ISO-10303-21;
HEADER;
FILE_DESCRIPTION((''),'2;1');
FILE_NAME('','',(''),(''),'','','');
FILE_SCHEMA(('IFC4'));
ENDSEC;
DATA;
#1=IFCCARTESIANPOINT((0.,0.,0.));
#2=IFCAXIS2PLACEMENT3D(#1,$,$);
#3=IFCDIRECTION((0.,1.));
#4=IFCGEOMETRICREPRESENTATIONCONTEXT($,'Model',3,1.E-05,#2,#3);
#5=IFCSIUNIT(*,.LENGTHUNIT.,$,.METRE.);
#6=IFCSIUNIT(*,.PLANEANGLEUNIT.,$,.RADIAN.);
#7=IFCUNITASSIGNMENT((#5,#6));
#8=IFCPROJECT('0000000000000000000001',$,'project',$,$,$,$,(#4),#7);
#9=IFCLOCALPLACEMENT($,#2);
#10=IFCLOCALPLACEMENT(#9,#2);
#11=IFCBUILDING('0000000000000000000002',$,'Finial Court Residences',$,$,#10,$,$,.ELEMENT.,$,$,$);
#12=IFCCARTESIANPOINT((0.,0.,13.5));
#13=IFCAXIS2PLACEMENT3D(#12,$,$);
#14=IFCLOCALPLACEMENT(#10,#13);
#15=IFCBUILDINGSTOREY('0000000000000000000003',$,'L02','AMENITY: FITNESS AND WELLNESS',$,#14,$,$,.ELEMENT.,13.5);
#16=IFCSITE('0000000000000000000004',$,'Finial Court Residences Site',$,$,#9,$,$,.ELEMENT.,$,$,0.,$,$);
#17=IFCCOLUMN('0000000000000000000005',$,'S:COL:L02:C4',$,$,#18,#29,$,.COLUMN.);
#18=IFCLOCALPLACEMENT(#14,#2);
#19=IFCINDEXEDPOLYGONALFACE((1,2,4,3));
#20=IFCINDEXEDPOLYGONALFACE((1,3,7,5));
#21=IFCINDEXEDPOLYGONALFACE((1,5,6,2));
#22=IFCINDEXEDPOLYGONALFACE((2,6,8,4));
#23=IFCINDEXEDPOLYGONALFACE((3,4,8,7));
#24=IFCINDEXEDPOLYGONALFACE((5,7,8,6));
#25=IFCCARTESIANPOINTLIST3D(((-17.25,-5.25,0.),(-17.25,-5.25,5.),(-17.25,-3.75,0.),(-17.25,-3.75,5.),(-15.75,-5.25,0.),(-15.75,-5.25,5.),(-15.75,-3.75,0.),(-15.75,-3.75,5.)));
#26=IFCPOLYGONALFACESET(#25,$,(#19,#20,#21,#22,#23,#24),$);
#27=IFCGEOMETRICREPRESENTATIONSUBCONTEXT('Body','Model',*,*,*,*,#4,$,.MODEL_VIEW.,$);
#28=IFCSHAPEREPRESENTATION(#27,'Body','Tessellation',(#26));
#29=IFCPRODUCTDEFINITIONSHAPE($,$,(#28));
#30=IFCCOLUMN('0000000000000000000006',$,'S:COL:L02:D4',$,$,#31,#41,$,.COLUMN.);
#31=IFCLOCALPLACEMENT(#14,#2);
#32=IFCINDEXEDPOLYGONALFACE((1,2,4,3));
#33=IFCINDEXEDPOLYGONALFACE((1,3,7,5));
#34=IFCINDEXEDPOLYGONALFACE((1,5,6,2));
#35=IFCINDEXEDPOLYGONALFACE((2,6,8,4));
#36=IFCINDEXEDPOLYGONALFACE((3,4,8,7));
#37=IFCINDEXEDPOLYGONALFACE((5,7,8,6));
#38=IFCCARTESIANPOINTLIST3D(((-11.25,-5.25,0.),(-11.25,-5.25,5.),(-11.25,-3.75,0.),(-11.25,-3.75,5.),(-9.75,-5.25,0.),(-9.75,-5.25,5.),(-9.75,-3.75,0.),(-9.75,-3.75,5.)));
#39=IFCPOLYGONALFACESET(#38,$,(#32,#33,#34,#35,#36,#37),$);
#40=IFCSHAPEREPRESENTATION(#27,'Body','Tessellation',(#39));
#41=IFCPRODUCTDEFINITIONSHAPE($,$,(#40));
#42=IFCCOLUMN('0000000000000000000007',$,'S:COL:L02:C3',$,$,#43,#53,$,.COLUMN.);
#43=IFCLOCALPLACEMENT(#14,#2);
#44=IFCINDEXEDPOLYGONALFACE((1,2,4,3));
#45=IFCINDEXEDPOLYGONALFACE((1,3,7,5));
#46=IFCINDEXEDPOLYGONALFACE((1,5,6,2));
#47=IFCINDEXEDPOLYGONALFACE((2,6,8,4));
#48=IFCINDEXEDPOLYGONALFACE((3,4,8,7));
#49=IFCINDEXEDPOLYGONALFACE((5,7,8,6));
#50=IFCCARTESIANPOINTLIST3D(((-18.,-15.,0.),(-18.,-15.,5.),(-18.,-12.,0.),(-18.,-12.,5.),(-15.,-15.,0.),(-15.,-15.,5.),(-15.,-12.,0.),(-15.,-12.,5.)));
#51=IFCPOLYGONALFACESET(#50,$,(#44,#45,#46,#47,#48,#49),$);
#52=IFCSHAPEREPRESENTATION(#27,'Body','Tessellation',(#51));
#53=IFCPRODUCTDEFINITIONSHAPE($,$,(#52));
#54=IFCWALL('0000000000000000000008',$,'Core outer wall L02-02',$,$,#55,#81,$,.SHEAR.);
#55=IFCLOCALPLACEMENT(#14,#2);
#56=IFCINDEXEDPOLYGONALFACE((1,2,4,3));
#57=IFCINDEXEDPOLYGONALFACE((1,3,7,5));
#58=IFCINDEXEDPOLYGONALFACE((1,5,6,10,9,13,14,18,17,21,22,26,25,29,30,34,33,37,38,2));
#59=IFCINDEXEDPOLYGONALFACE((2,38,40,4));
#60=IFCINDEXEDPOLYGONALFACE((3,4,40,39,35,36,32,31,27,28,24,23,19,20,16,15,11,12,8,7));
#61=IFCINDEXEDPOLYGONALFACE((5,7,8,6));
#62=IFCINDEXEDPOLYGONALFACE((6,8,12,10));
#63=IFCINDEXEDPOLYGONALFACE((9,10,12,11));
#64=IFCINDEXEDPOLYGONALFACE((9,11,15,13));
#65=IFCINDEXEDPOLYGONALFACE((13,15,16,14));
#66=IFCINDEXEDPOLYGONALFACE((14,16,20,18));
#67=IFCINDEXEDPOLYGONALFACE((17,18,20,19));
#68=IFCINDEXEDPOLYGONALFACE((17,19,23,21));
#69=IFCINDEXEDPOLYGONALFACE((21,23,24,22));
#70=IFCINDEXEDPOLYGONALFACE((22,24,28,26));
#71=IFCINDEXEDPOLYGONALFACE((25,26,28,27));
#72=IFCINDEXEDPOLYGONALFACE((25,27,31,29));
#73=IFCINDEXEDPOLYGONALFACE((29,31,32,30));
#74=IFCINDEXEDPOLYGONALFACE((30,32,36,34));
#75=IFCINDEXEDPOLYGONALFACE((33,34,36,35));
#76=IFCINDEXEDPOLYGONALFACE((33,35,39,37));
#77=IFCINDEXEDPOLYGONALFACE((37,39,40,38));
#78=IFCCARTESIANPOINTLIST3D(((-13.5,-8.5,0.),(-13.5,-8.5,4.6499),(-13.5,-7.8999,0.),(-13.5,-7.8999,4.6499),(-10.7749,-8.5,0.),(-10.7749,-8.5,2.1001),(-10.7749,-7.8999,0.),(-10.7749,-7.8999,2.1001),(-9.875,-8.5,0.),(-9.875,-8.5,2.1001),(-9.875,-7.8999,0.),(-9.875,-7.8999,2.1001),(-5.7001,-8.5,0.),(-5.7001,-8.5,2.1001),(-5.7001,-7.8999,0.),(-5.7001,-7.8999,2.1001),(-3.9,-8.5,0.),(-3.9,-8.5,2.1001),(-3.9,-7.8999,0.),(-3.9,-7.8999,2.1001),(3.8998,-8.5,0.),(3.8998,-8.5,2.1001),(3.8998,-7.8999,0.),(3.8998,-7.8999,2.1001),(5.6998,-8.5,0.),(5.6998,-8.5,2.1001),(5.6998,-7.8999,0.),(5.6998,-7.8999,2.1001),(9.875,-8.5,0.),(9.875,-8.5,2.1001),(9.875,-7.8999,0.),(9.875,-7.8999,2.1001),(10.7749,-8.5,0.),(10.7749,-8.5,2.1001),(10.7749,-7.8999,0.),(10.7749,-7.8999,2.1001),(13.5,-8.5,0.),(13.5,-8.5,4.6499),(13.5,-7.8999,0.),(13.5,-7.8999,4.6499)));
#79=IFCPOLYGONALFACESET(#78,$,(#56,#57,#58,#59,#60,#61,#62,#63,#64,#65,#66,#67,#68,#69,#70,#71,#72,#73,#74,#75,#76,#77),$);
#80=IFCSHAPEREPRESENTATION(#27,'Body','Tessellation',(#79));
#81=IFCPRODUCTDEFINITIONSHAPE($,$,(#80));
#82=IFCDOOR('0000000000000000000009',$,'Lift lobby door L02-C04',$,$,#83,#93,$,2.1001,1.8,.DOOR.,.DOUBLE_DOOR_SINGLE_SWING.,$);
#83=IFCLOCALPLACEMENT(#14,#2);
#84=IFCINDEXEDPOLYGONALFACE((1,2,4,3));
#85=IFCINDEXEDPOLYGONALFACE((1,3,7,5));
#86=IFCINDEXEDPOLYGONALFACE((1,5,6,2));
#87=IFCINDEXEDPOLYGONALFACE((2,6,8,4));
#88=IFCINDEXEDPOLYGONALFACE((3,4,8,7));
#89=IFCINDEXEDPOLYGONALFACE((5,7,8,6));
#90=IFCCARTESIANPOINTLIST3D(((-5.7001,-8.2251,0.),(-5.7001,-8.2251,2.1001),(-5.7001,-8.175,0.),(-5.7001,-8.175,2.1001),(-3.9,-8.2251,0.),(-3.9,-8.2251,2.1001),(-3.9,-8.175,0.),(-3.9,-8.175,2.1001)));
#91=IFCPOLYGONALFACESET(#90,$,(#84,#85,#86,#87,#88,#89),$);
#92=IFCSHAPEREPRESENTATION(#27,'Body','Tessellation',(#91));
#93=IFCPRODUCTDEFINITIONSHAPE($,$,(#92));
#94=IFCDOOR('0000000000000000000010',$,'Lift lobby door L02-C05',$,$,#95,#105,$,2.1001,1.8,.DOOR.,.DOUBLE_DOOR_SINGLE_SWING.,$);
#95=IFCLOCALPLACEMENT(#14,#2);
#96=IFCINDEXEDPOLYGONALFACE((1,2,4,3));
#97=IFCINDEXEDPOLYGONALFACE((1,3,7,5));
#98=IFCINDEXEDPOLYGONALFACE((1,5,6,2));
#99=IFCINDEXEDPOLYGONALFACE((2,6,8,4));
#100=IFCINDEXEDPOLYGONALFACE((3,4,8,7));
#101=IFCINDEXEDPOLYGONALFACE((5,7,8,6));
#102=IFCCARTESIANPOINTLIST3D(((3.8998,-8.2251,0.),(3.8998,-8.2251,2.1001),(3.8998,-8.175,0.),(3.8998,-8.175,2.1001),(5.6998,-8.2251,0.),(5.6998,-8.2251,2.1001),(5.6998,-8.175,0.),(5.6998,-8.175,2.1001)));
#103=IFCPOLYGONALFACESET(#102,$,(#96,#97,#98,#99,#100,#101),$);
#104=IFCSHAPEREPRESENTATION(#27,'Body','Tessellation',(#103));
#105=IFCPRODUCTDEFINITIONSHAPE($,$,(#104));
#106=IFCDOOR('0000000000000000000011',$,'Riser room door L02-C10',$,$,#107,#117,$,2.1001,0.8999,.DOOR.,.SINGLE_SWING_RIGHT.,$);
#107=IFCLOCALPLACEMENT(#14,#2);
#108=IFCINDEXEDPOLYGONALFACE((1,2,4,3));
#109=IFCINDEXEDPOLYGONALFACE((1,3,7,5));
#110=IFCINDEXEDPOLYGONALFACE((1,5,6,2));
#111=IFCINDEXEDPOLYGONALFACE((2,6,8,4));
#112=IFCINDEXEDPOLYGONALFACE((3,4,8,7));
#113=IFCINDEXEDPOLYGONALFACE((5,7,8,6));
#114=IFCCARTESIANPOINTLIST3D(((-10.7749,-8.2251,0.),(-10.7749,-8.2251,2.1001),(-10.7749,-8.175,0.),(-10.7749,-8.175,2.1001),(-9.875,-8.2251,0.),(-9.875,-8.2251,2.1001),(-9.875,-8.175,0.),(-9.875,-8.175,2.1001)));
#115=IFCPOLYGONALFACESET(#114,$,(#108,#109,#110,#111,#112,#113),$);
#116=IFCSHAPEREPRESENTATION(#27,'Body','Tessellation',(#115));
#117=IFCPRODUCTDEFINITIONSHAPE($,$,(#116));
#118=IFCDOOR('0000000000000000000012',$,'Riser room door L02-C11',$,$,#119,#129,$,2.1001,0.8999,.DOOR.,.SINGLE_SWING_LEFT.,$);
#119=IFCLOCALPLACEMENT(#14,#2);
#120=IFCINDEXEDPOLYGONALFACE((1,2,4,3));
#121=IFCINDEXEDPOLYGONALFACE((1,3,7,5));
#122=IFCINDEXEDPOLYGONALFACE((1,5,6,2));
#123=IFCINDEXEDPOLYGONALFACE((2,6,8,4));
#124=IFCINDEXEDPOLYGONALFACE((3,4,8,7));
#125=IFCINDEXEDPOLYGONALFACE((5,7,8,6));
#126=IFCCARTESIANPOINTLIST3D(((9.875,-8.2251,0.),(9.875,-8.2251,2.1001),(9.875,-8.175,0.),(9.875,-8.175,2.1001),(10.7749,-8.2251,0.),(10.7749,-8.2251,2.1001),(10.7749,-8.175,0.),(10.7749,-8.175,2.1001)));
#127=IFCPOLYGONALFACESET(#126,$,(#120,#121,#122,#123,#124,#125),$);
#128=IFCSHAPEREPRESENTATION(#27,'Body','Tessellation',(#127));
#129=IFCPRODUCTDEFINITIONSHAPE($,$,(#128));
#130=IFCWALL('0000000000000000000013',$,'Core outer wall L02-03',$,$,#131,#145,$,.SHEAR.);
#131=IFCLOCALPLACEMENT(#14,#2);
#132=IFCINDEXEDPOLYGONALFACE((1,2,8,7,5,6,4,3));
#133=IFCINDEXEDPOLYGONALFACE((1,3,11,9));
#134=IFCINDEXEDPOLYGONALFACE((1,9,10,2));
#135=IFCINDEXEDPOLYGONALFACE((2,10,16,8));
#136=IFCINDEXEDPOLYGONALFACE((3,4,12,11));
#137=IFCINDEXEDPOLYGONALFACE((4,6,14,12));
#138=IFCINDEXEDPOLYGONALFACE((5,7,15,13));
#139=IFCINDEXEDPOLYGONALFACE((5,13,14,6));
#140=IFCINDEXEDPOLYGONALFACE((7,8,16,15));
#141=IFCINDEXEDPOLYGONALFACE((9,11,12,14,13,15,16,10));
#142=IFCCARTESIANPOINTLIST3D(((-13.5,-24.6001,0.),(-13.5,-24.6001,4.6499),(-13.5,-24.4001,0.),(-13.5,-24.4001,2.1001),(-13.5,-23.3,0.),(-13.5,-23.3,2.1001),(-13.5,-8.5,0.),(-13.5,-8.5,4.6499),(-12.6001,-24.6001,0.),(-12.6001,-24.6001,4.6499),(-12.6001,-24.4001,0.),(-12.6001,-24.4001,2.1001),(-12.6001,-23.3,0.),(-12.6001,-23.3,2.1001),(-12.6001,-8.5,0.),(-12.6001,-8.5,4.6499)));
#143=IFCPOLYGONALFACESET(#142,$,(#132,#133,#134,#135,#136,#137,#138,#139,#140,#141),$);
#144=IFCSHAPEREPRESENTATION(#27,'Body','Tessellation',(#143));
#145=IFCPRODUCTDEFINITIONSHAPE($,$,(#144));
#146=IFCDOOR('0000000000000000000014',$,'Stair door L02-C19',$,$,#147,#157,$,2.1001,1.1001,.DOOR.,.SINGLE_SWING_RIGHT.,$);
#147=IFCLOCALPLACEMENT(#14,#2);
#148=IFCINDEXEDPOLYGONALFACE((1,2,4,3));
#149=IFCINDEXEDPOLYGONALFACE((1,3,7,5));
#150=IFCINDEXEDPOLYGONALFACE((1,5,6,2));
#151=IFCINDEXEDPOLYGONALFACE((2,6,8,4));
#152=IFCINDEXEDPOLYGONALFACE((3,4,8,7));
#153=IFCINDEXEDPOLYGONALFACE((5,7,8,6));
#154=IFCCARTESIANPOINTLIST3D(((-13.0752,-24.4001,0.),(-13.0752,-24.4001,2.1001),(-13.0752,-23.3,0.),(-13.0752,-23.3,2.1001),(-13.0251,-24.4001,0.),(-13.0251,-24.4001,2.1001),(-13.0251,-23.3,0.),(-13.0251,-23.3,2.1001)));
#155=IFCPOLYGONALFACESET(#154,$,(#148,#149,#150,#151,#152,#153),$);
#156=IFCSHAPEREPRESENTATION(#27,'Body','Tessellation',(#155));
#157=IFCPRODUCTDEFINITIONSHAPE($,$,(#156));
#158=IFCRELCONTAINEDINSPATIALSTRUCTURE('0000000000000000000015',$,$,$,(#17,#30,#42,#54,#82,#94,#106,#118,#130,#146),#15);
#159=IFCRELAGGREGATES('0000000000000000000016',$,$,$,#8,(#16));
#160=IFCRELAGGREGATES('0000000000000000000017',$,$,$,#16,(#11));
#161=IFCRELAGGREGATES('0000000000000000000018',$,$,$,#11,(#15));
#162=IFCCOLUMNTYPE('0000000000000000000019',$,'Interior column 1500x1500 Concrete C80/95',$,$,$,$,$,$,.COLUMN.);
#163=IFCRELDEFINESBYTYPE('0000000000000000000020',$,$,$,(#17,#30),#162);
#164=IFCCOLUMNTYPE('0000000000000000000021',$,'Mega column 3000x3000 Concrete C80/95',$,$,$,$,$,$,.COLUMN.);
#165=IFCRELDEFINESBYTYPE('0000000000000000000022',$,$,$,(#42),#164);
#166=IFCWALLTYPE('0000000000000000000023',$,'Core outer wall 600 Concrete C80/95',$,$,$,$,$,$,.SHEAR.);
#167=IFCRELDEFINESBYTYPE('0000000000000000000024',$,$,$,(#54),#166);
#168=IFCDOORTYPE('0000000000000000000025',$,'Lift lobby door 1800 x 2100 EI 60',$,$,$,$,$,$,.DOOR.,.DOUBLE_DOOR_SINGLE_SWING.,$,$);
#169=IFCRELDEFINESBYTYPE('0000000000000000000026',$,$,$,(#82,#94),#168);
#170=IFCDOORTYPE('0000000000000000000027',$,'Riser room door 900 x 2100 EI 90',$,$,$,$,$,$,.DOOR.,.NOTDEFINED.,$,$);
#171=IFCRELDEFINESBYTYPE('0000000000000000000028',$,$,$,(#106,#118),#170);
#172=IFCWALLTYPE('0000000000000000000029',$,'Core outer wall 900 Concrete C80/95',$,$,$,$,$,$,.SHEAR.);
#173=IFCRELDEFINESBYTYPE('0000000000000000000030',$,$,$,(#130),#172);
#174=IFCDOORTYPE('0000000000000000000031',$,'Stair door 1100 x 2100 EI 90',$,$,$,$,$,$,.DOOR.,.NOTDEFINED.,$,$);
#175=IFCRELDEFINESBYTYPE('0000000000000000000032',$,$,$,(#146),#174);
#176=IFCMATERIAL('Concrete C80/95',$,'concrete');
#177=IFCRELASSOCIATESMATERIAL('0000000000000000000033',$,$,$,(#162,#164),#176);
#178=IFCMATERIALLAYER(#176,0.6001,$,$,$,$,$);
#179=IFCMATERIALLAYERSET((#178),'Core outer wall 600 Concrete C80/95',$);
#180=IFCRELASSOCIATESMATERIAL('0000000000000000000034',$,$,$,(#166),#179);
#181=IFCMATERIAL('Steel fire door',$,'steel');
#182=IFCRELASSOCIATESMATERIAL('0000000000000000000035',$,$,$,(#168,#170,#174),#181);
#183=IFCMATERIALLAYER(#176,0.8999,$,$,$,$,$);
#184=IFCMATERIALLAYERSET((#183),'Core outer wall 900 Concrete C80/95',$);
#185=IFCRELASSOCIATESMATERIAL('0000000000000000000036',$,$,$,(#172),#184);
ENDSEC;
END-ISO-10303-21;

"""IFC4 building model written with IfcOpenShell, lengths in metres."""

from ifc_helpers import new_model, si_unit, direction, frame, frame_2d, origin, origin_2d, place, context, subcontext, project, spatial, rectangle, extrude, material, layer, layer_set, material_profile, profile_set, type_object, element, fill, save


model = new_model("IFC4")

# Units and contexts
model_context = context("Model", 3, precision=1e-05, world=origin(), true_north=direction((0.0, 1.0)))
body_context = subcontext(model_context, "Body", "Model", "MODEL_VIEW")
ifc_project = project(units=[si_unit("LENGTHUNIT", "METRE"), si_unit("PLANEANGLEUNIT", "RADIAN")], contexts=[model_context])

# Site, building, storey
site_placement = place(None, origin())
site = spatial("IfcSite", under=ifc_project, at=site_placement, Name="Finial Court Residences Site", CompositionType="ELEMENT", RefElevation=0.0)
building_placement = place(site_placement, origin())
building = spatial("IfcBuilding", under=site, at=building_placement, Name="Finial Court Residences", CompositionType="ELEMENT")
storey_placement = place(building_placement, frame((0.0, 0.0, 13.5)))
storey = spatial("IfcBuildingStorey", under=building, at=storey_placement, Name="L02", Description="AMENITY: FITNESS AND WELLNESS", CompositionType="ELEMENT", Elevation=13.5)

# Columns
ifc_material_1 = material(Name="Concrete C80/95", Category="concrete")
ifc_material_profile_1 = material_profile(ifc_material_1, rectangle(XDim=1.5, YDim=1.5, at=origin_2d()), Name="1500x1500")
ifc_profile_set_1 = profile_set([ifc_material_profile_1], Name="Concrete C80/95")
column_type_1 = type_object("IfcColumnType", Name="Interior column 1500x1500 Concrete C80/95", PredefinedType="COLUMN", material=ifc_profile_set_1)
for number, where, z_axis, x_axis, name in (
    (1, (-16.5, -4.5, 0.0), (0.0, 0.0, 1.0), (1.0, 0.0, 0.0), "S:COL:L02:C4"),
    (2, (-10.5, -4.5, 0.0), (0.0, 0.0, 1.0), (1.0, 0.0, 0.0), "S:COL:L02:D4"),
):
    element("IfcColumn", number, at=place(storey_placement, frame(where, z_axis=z_axis, x_axis=x_axis)), inside=storey, type_object=column_type_1, Name=name, PredefinedType="COLUMN", context=body_context, shape_type="SweptSolid", body=[
        extrude(rectangle(XDim=1.5, YDim=1.5, at=origin_2d()), origin(), (0.0, 0.0, 1.0), 5.0),
    ])
ifc_material_profile_2 = material_profile(ifc_material_1, rectangle(XDim=3.0, YDim=3.0, at=origin_2d()), Name="3000x3000")
ifc_profile_set_2 = profile_set([ifc_material_profile_2], Name="Concrete C80/95")
column_type_2 = type_object("IfcColumnType", Name="Mega column 3000x3000 Concrete C80/95", PredefinedType="COLUMN", material=ifc_profile_set_2)
column_placement = place(storey_placement, frame((-16.5, -13.5, 0.0), z_axis=(0.0, 0.0, 1.0), x_axis=(1.0, 0.0, 0.0)))
element("IfcColumn", 3, at=column_placement, inside=storey, type_object=column_type_2, Name="S:COL:L02:C3", PredefinedType="COLUMN", context=body_context, shape_type="SweptSolid", body=[
    extrude(rectangle(XDim=3.0, YDim=3.0, at=origin_2d()), origin(), (0.0, 0.0, 1.0), 5.0),
])

# Wall, openings, doors
ifc_layer_1 = layer(ifc_material_1, 0.6001)
ifc_layer_set_1 = layer_set([ifc_layer_1], Name="Core outer wall 600 Concrete C80/95")
wall_type_1 = type_object("IfcWallType", Name="Core outer wall 600 Concrete C80/95", PredefinedType="SHEAR", material=ifc_layer_set_1)
wall_1_placement = place(storey_placement, frame((-13.5, -8.2, 0.0), z_axis=(0.0, 0.0, 1.0), x_axis=(1.0, 0.0, 0.0)))
wall_1 = element("IfcWall", 4, at=wall_1_placement, inside=storey, type_object=wall_type_1, Name="Core outer wall L02-02", PredefinedType="SHEAR", context=body_context, shape_type="SweptSolid", body=[
    extrude(rectangle(XDim=27.0, YDim=0.6001, at=frame_2d((13.5, 0.0))), origin(), (0.0, 0.0, 1.0), 4.6499),
])
opening_1_placement = place(wall_1_placement, frame((7.8, 0.0, 0.0)))
opening_1 = element("IfcOpeningElement", 5, at=opening_1_placement, cuts=wall_1, PredefinedType="OPENING", context=body_context, shape_type="SweptSolid", body=[
    extrude(rectangle(XDim=1.8, YDim=2.1001, at=frame_2d((0.8999, 1.05))), frame((0.0, 0.3101, 0.0), z_axis=(0.0, -1.0, 0.0), x_axis=(1.0, 0.0, 0.0)), (0.0, 0.0, 1.0), 0.6201),
])
opening_2_placement = place(wall_1_placement, frame((17.3999, 0.0, 0.0)))
opening_2 = element("IfcOpeningElement", 6, at=opening_2_placement, cuts=wall_1, PredefinedType="OPENING", context=body_context, shape_type="SweptSolid", body=[
    extrude(rectangle(XDim=1.8, YDim=2.1001, at=frame_2d((0.8999, 1.05))), frame((0.0, 0.3101, 0.0), z_axis=(0.0, -1.0, 0.0), x_axis=(1.0, 0.0, 0.0)), (0.0, 0.0, 1.0), 0.6201),
])
opening_3_placement = place(wall_1_placement, frame((2.7251, 0.0, 0.0)))
opening_3 = element("IfcOpeningElement", 7, at=opening_3_placement, cuts=wall_1, PredefinedType="OPENING", context=body_context, shape_type="SweptSolid", body=[
    extrude(rectangle(XDim=0.8999, YDim=2.1001, at=frame_2d((0.45, 1.05))), frame((0.0, 0.3101, 0.0), z_axis=(0.0, -1.0, 0.0), x_axis=(1.0, 0.0, 0.0)), (0.0, 0.0, 1.0), 0.6201),
])
opening_4_placement = place(wall_1_placement, frame((23.375, 0.0, 0.0)))
opening_4 = element("IfcOpeningElement", 8, at=opening_4_placement, cuts=wall_1, PredefinedType="OPENING", context=body_context, shape_type="SweptSolid", body=[
    extrude(rectangle(XDim=0.8999, YDim=2.1001, at=frame_2d((0.45, 1.05))), frame((0.0, 0.3101, 0.0), z_axis=(0.0, -1.0, 0.0), x_axis=(1.0, 0.0, 0.0)), (0.0, 0.0, 1.0), 0.6201),
])
ifc_material_2 = material(Name="Steel fire door", Category="steel")
door_type_1 = type_object("IfcDoorType", Name="Lift lobby door 1800 x 2100 EI 60", OperationType="DOUBLE_DOOR_SINGLE_SWING", PredefinedType="DOOR", material=ifc_material_2)
door_1_placement = place(opening_1_placement, origin())
door_1 = element("IfcDoor", 9, at=door_1_placement, inside=storey, type_object=door_type_1, Name="Lift lobby door L02-C04", OperationType="DOUBLE_DOOR_SINGLE_SWING", OverallHeight=2.1001, OverallWidth=1.8, PredefinedType="DOOR", context=body_context, shape_type="SweptSolid", body=[
    extrude(rectangle(XDim=1.8, YDim=2.1001, at=frame_2d((0.8999, 1.05))), frame((0.0, 0.0249, 0.0), z_axis=(0.0, -1.0, 0.0), x_axis=(1.0, 0.0, 0.0)), (0.0, 0.0, 1.0), 0.05),
])
fill(opening_1, door_1)
door_2_placement = place(opening_2_placement, origin())
door_2 = element("IfcDoor", 10, at=door_2_placement, inside=storey, type_object=door_type_1, Name="Lift lobby door L02-C05", OperationType="DOUBLE_DOOR_SINGLE_SWING", OverallHeight=2.1001, OverallWidth=1.8, PredefinedType="DOOR", context=body_context, shape_type="SweptSolid", body=[
    extrude(rectangle(XDim=1.8, YDim=2.1001, at=frame_2d((0.8999, 1.05))), frame((0.0, 0.0249, 0.0), z_axis=(0.0, -1.0, 0.0), x_axis=(1.0, 0.0, 0.0)), (0.0, 0.0, 1.0), 0.05),
])
fill(opening_2, door_2)
door_type_2 = type_object("IfcDoorType", Name="Riser room door 900 x 2100 EI 90", OperationType="NOTDEFINED", PredefinedType="DOOR", material=ifc_material_2)
door_3_placement = place(opening_3_placement, origin())
door_3 = element("IfcDoor", 11, at=door_3_placement, inside=storey, type_object=door_type_2, Name="Riser room door L02-C10", OperationType="SINGLE_SWING_RIGHT", OverallHeight=2.1001, OverallWidth=0.8999, PredefinedType="DOOR", context=body_context, shape_type="SweptSolid", body=[
    extrude(rectangle(XDim=0.8999, YDim=2.1001, at=frame_2d((0.45, 1.05))), frame((0.0, 0.0249, 0.0), z_axis=(0.0, -1.0, 0.0), x_axis=(1.0, 0.0, 0.0)), (0.0, 0.0, 1.0), 0.05),
])
fill(opening_3, door_3)
door_4_placement = place(opening_4_placement, origin())
door_4 = element("IfcDoor", 12, at=door_4_placement, inside=storey, type_object=door_type_2, Name="Riser room door L02-C11", OperationType="SINGLE_SWING_LEFT", OverallHeight=2.1001, OverallWidth=0.8999, PredefinedType="DOOR", context=body_context, shape_type="SweptSolid", body=[
    extrude(rectangle(XDim=0.8999, YDim=2.1001, at=frame_2d((0.45, 1.05))), frame((0.0, 0.0249, 0.0), z_axis=(0.0, -1.0, 0.0), x_axis=(1.0, 0.0, 0.0)), (0.0, 0.0, 1.0), 0.05),
])
fill(opening_4, door_4)

# Wall, opening, door
ifc_layer_2 = layer(ifc_material_1, 0.8999)
ifc_layer_set_2 = layer_set([ifc_layer_2], Name="Core outer wall 900 Concrete C80/95")
wall_type_2 = type_object("IfcWallType", Name="Core outer wall 900 Concrete C80/95", PredefinedType="SHEAR", material=ifc_layer_set_2)
wall_2_placement = place(storey_placement, frame((-13.05, -8.5, 0.0), z_axis=(0.0, 0.0, 1.0), x_axis=(0.0, -1.0, 0.0)))
wall_2 = element("IfcWall", 13, at=wall_2_placement, inside=storey, type_object=wall_type_2, Name="Core outer wall L02-03", PredefinedType="SHEAR", context=body_context, shape_type="SweptSolid", body=[
    extrude(rectangle(XDim=16.1001, YDim=0.8999, at=frame_2d((8.05, 0.0))), origin(), (0.0, 0.0, 1.0), 4.6499),
])
opening_5_placement = place(wall_2_placement, frame((14.8, 0.0, 0.0)))
opening_5 = element("IfcOpeningElement", 14, at=opening_5_placement, cuts=wall_2, PredefinedType="OPENING", context=body_context, shape_type="SweptSolid", body=[
    extrude(rectangle(XDim=1.1001, YDim=2.1001, at=frame_2d((0.55, 1.05))), frame((0.0, 0.46, 0.0), z_axis=(0.0, -1.0, 0.0), x_axis=(1.0, 0.0, 0.0)), (0.0, 0.0, 1.0), 0.9199),
])
door_type_3 = type_object("IfcDoorType", Name="Stair door 1100 x 2100 EI 90", OperationType="NOTDEFINED", PredefinedType="DOOR", material=ifc_material_2)
door_5_placement = place(opening_5_placement, origin())
door_5 = element("IfcDoor", 15, at=door_5_placement, inside=storey, type_object=door_type_3, Name="Stair door L02-C19", OperationType="SINGLE_SWING_RIGHT", OverallHeight=2.1001, OverallWidth=1.1001, PredefinedType="DOOR", context=body_context, shape_type="SweptSolid", body=[
    extrude(rectangle(XDim=1.1001, YDim=2.1001, at=frame_2d((0.55, 1.05))), frame((0.0, 0.0249, 0.0), z_axis=(0.0, -1.0, 0.0), x_axis=(1.0, 0.0, 0.0)), (0.0, 0.0, 1.0), 0.05),
])
fill(opening_5, door_5)

save(model, "model.ifc")
